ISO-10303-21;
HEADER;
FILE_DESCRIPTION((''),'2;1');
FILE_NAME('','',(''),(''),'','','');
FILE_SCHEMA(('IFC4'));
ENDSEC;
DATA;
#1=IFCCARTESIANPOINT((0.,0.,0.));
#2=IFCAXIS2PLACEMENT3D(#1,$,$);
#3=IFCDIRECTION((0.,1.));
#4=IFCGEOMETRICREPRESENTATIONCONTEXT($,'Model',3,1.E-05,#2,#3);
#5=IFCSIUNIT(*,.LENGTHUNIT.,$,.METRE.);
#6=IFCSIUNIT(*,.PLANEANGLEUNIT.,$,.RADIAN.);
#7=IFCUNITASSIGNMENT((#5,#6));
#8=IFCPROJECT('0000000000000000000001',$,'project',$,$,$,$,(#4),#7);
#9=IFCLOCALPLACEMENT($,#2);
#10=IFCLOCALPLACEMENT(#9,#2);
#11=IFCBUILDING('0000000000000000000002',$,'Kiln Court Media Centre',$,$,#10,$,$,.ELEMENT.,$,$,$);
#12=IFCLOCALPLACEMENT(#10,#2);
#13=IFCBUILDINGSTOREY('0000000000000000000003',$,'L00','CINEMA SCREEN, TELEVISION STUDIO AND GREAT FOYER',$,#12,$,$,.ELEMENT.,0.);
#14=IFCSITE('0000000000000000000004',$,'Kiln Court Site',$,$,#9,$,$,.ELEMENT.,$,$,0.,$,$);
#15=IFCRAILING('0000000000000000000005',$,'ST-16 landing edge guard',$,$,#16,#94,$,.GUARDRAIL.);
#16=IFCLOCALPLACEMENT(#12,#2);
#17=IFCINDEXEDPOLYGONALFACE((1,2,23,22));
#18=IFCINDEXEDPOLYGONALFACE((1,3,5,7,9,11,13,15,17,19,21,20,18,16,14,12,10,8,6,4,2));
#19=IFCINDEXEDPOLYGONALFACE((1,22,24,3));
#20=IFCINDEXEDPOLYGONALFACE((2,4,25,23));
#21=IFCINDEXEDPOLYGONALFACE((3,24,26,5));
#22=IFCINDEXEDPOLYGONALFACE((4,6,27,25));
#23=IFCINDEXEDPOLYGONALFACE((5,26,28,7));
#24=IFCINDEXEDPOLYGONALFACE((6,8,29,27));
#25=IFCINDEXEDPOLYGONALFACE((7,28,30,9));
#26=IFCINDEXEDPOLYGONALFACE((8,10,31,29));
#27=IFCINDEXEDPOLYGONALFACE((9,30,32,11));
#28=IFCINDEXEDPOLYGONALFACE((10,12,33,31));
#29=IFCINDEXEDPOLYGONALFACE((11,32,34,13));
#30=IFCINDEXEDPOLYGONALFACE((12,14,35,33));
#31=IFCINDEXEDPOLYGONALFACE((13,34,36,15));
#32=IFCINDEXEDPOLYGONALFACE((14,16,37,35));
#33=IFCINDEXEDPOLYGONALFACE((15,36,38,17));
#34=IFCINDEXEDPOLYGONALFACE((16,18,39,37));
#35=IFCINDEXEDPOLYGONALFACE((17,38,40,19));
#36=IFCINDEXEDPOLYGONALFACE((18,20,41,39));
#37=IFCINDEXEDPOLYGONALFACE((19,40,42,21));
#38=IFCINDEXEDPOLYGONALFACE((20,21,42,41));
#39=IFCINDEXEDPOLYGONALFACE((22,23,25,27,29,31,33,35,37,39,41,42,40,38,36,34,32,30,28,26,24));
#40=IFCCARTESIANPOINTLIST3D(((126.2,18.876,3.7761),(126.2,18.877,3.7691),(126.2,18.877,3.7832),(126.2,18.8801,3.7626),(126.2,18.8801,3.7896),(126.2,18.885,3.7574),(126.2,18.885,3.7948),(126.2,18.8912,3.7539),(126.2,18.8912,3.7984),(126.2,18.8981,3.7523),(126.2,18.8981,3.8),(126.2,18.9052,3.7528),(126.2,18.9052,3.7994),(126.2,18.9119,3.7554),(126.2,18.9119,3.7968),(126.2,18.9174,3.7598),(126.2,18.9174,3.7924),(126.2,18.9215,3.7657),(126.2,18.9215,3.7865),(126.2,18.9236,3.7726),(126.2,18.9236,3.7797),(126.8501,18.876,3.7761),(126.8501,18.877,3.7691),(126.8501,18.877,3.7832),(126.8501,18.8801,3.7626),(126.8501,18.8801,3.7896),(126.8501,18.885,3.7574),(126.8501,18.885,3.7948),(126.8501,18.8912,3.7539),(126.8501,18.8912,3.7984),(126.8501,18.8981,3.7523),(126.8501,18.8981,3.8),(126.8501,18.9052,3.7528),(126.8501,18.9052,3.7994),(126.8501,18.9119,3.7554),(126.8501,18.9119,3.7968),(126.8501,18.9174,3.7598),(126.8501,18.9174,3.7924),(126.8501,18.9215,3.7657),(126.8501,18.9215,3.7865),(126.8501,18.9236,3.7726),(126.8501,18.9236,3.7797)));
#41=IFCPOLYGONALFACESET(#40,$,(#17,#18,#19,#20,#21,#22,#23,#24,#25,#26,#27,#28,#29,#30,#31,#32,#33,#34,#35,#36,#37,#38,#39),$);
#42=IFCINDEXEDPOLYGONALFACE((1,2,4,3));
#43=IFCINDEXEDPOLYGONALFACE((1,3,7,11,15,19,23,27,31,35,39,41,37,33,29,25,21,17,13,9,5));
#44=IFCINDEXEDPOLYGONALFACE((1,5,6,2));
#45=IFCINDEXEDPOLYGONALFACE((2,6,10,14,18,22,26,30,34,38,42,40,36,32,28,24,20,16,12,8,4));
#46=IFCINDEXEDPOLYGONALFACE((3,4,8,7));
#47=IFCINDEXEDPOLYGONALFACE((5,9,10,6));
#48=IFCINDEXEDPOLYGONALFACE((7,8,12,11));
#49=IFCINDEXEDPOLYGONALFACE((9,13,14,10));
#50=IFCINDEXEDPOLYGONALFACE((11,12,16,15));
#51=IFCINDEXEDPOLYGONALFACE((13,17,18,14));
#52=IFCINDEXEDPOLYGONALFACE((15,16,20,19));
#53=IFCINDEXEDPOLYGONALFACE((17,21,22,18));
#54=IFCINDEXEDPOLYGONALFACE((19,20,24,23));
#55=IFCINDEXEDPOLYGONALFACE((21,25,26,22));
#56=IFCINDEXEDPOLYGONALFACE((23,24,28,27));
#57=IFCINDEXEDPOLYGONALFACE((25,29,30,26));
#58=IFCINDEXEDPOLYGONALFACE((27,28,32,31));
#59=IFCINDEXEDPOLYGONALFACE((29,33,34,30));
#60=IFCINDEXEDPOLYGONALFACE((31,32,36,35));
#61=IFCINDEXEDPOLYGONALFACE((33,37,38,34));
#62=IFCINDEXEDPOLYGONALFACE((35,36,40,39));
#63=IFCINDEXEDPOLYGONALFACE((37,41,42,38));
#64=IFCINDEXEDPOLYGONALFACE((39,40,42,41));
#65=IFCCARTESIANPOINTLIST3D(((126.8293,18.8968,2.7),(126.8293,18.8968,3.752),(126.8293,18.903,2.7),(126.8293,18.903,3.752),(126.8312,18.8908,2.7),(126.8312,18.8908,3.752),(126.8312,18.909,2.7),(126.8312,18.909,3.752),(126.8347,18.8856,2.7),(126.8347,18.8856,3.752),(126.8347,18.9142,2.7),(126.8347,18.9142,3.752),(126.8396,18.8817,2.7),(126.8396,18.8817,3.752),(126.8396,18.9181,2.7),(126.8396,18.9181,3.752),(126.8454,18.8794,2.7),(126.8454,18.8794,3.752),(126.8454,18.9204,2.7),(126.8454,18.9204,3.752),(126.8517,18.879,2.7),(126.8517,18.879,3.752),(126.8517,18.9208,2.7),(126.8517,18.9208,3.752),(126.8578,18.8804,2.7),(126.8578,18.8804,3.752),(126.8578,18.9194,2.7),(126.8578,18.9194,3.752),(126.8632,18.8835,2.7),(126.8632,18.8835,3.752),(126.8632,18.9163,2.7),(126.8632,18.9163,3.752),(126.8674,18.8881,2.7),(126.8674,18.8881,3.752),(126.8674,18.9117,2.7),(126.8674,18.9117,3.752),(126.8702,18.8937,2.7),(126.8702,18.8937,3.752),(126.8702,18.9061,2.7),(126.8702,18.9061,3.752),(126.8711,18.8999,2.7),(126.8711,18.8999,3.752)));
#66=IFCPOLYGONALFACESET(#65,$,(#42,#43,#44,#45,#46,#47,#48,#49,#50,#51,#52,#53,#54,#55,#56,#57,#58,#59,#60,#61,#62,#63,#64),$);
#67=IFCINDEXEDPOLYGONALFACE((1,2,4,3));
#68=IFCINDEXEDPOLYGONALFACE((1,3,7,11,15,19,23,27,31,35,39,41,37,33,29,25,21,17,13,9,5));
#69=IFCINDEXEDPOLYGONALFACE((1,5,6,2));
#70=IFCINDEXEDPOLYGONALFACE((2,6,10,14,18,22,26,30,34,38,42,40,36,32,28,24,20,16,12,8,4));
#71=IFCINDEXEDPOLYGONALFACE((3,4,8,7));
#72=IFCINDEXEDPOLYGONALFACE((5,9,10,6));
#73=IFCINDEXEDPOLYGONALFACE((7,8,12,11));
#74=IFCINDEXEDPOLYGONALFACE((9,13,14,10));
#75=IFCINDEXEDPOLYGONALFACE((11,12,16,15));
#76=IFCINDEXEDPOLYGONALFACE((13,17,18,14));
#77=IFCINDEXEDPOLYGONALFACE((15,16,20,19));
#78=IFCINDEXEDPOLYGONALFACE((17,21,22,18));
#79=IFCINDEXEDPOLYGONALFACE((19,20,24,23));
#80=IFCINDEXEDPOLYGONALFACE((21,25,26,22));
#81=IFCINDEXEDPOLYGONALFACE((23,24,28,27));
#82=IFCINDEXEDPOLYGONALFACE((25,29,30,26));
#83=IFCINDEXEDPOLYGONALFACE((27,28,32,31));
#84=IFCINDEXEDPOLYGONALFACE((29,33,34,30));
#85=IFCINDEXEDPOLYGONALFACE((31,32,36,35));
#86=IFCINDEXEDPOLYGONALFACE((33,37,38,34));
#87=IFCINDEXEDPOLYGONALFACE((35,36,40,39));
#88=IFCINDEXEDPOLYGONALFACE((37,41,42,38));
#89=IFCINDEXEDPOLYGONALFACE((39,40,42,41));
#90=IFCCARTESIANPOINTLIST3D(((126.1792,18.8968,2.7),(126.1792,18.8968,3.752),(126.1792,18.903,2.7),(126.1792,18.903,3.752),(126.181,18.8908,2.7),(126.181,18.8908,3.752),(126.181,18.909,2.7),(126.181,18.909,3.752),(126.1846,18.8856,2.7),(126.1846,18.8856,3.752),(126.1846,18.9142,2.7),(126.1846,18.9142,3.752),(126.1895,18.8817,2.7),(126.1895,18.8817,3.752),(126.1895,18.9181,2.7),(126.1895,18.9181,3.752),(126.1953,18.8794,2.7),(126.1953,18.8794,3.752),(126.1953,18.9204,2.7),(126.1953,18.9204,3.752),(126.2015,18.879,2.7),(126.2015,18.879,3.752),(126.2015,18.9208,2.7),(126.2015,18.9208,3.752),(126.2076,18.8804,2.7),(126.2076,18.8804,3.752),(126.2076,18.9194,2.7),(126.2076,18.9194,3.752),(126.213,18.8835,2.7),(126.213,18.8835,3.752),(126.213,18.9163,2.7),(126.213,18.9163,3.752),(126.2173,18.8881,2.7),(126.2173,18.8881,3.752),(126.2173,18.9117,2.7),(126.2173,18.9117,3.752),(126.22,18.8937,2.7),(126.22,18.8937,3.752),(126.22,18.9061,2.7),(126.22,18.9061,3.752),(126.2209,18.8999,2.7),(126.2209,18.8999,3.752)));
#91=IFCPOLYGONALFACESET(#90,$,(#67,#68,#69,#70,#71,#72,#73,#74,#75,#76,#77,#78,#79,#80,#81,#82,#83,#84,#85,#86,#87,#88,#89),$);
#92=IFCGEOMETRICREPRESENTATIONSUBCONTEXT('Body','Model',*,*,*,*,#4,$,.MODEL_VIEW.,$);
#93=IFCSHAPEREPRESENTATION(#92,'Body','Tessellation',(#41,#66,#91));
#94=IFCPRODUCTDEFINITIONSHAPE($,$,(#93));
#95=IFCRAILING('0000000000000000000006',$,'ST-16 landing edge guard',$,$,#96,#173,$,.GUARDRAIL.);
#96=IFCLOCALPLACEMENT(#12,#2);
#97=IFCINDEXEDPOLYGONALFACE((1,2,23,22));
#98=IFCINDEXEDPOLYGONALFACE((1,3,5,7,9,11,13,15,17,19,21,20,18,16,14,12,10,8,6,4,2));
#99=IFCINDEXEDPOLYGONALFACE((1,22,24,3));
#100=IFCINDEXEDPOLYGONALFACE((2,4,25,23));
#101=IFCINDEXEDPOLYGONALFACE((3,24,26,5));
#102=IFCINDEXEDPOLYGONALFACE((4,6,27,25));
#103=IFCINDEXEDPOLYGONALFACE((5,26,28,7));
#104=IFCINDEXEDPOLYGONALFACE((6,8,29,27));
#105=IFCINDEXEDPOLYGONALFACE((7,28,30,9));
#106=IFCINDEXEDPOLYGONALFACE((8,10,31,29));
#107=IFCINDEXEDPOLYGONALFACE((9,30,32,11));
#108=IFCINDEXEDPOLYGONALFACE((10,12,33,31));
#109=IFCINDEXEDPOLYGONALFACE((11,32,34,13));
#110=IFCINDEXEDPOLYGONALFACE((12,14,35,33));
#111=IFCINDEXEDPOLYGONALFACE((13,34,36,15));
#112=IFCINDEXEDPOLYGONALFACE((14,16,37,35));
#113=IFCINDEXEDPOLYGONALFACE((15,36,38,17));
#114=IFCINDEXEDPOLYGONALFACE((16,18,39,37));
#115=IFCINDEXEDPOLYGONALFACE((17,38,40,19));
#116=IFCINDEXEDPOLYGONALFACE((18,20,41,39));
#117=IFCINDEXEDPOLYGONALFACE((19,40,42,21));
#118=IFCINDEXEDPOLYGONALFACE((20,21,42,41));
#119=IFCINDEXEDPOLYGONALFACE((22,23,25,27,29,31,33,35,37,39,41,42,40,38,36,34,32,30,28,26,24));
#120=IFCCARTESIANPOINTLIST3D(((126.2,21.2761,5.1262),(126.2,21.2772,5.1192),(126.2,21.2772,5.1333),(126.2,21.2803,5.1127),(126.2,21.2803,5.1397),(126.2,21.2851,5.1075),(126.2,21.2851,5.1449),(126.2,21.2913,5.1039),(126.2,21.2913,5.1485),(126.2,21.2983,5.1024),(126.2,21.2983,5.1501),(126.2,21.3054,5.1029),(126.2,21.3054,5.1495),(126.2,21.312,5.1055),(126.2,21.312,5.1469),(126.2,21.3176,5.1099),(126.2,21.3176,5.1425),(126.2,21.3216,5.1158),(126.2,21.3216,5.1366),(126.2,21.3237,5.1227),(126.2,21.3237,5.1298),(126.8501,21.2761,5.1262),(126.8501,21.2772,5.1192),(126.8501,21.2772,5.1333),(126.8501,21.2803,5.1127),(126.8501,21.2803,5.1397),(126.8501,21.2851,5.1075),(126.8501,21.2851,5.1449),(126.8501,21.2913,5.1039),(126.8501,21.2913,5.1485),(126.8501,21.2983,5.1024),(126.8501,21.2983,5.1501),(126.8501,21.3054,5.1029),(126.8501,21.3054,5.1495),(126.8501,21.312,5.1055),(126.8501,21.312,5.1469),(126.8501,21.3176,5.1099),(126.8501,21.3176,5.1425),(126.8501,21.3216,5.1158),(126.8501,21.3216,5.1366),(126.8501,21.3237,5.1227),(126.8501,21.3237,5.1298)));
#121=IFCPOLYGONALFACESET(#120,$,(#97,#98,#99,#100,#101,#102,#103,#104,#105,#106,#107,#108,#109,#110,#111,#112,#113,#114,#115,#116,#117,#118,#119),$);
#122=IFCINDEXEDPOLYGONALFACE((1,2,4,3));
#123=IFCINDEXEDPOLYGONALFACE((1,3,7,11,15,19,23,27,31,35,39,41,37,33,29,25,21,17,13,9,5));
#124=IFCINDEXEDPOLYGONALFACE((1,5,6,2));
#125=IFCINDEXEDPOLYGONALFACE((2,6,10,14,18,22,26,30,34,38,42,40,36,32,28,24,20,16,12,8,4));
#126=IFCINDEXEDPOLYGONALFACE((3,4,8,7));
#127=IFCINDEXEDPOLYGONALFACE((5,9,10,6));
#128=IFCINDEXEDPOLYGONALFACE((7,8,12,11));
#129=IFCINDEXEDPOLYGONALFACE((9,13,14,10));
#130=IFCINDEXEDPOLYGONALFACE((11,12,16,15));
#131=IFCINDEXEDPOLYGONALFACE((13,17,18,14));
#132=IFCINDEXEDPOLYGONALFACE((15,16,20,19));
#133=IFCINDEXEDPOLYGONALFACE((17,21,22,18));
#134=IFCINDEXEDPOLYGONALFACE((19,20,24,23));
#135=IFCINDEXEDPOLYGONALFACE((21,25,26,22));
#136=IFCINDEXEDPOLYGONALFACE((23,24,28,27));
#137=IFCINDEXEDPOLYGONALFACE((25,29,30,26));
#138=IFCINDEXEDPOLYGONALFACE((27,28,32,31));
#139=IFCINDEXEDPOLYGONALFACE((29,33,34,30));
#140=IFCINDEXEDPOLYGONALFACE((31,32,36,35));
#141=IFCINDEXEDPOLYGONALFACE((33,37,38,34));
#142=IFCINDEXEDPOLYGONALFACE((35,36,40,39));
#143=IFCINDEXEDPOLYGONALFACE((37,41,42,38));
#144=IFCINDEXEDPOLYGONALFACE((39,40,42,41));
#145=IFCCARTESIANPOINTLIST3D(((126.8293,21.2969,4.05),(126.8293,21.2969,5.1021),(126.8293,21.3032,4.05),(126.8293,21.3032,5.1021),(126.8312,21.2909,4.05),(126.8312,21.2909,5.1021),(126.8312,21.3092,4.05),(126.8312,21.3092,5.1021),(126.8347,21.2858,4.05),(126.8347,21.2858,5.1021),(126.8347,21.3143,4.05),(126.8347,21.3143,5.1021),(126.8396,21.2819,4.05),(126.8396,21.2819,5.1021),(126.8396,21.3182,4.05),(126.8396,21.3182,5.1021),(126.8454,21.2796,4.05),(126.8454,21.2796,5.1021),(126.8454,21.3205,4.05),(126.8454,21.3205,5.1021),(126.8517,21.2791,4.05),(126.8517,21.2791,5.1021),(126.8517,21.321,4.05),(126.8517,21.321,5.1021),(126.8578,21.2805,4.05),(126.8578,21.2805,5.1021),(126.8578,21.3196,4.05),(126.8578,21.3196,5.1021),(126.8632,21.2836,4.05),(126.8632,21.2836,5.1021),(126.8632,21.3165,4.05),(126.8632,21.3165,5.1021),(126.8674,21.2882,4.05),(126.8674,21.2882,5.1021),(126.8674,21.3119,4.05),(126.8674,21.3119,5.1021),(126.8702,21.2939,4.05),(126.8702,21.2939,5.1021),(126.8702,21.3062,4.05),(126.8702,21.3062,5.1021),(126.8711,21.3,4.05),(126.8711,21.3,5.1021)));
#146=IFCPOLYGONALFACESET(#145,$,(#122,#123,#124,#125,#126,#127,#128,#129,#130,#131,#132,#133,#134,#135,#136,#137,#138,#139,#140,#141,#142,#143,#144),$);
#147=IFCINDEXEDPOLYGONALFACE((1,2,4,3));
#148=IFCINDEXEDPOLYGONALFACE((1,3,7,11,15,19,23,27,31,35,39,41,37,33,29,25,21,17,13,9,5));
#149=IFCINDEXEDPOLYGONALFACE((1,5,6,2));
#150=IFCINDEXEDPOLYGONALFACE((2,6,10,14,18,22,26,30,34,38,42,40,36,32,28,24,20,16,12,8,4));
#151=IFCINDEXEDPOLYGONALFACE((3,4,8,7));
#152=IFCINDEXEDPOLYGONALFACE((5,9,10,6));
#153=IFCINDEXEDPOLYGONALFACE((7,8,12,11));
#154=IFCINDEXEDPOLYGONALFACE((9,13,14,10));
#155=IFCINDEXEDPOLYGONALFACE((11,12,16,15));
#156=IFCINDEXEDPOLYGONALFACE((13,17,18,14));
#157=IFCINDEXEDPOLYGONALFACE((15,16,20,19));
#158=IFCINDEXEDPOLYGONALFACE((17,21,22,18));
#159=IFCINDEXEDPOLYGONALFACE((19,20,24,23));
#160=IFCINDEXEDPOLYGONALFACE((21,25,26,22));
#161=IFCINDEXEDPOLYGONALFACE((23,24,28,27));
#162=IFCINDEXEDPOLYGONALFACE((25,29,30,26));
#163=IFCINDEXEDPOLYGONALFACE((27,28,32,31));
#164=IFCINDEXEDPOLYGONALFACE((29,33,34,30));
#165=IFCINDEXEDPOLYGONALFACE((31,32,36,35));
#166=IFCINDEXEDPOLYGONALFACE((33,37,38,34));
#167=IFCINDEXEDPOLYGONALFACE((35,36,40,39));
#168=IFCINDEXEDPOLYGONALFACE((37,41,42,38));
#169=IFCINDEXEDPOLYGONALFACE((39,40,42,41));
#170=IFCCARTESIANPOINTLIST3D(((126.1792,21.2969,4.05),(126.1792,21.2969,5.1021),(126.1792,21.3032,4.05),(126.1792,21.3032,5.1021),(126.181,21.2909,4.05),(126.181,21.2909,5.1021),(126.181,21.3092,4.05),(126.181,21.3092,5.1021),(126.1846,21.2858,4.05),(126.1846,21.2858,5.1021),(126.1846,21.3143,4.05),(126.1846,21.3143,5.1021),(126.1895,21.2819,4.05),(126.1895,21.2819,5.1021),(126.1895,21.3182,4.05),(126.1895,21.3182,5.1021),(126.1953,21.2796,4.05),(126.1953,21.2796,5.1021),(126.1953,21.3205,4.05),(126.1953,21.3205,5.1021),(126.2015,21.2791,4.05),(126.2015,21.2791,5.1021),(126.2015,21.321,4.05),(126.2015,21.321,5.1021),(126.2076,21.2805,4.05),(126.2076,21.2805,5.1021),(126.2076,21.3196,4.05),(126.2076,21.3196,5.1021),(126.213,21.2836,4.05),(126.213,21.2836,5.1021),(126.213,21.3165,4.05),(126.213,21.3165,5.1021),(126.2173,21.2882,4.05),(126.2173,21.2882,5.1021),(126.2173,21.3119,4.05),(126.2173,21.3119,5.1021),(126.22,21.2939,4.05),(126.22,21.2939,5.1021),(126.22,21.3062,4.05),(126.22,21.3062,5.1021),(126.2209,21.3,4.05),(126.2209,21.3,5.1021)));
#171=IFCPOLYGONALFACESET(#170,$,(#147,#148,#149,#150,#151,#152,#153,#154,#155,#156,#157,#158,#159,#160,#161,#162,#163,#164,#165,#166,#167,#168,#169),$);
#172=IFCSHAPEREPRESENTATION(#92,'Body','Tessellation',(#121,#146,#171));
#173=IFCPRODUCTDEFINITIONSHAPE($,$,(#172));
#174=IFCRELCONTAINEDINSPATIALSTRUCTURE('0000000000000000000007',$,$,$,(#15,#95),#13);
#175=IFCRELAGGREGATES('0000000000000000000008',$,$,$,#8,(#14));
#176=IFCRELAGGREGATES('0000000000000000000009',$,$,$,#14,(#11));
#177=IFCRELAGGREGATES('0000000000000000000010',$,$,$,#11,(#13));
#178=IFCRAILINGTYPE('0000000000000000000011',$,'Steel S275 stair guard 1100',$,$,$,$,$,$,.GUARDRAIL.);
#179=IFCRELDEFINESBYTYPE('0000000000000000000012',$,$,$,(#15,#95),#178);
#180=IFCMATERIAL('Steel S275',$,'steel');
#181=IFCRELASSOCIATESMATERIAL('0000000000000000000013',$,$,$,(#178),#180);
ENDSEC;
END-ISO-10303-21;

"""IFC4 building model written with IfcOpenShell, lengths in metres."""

from ifc_helpers import new_model, si_unit, direction, frame, origin, origin_2d, place, context, subcontext, project, spatial, circle, extrude, material, type_object, element, save


model = new_model("IFC4")

# Units and contexts
model_context = context("Model", 3, precision=1e-05, world=origin(), true_north=direction((0.0, 1.0)))
body_context = subcontext(model_context, "Body", "Model", "MODEL_VIEW")
ifc_project = project(units=[si_unit("LENGTHUNIT", "METRE"), si_unit("PLANEANGLEUNIT", "RADIAN")], contexts=[model_context])

# Site, building, storey
site_placement = place(None, origin())
site = spatial("IfcSite", under=ifc_project, at=site_placement, Name="Kiln Court Site", CompositionType="ELEMENT", RefElevation=0.0)
building_placement = place(site_placement, origin())
building = spatial("IfcBuilding", under=site, at=building_placement, Name="Kiln Court Media Centre", CompositionType="ELEMENT")
storey_placement = place(building_placement, origin())
storey = spatial("IfcBuildingStorey", under=building, at=storey_placement, Name="L00", Description="CINEMA SCREEN, TELEVISION STUDIO AND GREAT FOYER", CompositionType="ELEMENT", Elevation=0.0)

# Railings
ifc_material_1 = material(Name="Steel S275", Category="steel")
railing_type_1 = type_object("IfcRailingType", Name="Steel S275 stair guard 1100", PredefinedType="GUARDRAIL", material=ifc_material_1)
for number, where, name in (
    (1, (126.8501, 18.8999, 2.7), "ST-16 landing edge guard"),
    (2, (126.8501, 21.3, 4.05), "ST-16 landing edge guard"),
):
    element("IfcRailing", number, at=place(storey_placement, frame(where)), inside=storey, type_object=railing_type_1, Name=name, PredefinedType="GUARDRAIL", context=body_context, shape_type="SweptSolid", body=[
        extrude(circle(Radius=0.0239, at=origin_2d()), frame((0.0, 0.0, 1.0762), z_axis=(-1.0, 0.0, 0.0), x_axis=(0.0, -1.0, 0.0)), (0.0, 0.0, 1.0), 0.6501),
        extrude(circle(Radius=0.021, at=origin_2d()), origin(), (0.0, 0.0, 1.0), 1.052),
        extrude(circle(Radius=0.021, at=origin_2d()), frame((-0.6501, 0.0, 0.0)), (0.0, 0.0, 1.0), 1.052),
    ])

save(model, "model.ifc")
